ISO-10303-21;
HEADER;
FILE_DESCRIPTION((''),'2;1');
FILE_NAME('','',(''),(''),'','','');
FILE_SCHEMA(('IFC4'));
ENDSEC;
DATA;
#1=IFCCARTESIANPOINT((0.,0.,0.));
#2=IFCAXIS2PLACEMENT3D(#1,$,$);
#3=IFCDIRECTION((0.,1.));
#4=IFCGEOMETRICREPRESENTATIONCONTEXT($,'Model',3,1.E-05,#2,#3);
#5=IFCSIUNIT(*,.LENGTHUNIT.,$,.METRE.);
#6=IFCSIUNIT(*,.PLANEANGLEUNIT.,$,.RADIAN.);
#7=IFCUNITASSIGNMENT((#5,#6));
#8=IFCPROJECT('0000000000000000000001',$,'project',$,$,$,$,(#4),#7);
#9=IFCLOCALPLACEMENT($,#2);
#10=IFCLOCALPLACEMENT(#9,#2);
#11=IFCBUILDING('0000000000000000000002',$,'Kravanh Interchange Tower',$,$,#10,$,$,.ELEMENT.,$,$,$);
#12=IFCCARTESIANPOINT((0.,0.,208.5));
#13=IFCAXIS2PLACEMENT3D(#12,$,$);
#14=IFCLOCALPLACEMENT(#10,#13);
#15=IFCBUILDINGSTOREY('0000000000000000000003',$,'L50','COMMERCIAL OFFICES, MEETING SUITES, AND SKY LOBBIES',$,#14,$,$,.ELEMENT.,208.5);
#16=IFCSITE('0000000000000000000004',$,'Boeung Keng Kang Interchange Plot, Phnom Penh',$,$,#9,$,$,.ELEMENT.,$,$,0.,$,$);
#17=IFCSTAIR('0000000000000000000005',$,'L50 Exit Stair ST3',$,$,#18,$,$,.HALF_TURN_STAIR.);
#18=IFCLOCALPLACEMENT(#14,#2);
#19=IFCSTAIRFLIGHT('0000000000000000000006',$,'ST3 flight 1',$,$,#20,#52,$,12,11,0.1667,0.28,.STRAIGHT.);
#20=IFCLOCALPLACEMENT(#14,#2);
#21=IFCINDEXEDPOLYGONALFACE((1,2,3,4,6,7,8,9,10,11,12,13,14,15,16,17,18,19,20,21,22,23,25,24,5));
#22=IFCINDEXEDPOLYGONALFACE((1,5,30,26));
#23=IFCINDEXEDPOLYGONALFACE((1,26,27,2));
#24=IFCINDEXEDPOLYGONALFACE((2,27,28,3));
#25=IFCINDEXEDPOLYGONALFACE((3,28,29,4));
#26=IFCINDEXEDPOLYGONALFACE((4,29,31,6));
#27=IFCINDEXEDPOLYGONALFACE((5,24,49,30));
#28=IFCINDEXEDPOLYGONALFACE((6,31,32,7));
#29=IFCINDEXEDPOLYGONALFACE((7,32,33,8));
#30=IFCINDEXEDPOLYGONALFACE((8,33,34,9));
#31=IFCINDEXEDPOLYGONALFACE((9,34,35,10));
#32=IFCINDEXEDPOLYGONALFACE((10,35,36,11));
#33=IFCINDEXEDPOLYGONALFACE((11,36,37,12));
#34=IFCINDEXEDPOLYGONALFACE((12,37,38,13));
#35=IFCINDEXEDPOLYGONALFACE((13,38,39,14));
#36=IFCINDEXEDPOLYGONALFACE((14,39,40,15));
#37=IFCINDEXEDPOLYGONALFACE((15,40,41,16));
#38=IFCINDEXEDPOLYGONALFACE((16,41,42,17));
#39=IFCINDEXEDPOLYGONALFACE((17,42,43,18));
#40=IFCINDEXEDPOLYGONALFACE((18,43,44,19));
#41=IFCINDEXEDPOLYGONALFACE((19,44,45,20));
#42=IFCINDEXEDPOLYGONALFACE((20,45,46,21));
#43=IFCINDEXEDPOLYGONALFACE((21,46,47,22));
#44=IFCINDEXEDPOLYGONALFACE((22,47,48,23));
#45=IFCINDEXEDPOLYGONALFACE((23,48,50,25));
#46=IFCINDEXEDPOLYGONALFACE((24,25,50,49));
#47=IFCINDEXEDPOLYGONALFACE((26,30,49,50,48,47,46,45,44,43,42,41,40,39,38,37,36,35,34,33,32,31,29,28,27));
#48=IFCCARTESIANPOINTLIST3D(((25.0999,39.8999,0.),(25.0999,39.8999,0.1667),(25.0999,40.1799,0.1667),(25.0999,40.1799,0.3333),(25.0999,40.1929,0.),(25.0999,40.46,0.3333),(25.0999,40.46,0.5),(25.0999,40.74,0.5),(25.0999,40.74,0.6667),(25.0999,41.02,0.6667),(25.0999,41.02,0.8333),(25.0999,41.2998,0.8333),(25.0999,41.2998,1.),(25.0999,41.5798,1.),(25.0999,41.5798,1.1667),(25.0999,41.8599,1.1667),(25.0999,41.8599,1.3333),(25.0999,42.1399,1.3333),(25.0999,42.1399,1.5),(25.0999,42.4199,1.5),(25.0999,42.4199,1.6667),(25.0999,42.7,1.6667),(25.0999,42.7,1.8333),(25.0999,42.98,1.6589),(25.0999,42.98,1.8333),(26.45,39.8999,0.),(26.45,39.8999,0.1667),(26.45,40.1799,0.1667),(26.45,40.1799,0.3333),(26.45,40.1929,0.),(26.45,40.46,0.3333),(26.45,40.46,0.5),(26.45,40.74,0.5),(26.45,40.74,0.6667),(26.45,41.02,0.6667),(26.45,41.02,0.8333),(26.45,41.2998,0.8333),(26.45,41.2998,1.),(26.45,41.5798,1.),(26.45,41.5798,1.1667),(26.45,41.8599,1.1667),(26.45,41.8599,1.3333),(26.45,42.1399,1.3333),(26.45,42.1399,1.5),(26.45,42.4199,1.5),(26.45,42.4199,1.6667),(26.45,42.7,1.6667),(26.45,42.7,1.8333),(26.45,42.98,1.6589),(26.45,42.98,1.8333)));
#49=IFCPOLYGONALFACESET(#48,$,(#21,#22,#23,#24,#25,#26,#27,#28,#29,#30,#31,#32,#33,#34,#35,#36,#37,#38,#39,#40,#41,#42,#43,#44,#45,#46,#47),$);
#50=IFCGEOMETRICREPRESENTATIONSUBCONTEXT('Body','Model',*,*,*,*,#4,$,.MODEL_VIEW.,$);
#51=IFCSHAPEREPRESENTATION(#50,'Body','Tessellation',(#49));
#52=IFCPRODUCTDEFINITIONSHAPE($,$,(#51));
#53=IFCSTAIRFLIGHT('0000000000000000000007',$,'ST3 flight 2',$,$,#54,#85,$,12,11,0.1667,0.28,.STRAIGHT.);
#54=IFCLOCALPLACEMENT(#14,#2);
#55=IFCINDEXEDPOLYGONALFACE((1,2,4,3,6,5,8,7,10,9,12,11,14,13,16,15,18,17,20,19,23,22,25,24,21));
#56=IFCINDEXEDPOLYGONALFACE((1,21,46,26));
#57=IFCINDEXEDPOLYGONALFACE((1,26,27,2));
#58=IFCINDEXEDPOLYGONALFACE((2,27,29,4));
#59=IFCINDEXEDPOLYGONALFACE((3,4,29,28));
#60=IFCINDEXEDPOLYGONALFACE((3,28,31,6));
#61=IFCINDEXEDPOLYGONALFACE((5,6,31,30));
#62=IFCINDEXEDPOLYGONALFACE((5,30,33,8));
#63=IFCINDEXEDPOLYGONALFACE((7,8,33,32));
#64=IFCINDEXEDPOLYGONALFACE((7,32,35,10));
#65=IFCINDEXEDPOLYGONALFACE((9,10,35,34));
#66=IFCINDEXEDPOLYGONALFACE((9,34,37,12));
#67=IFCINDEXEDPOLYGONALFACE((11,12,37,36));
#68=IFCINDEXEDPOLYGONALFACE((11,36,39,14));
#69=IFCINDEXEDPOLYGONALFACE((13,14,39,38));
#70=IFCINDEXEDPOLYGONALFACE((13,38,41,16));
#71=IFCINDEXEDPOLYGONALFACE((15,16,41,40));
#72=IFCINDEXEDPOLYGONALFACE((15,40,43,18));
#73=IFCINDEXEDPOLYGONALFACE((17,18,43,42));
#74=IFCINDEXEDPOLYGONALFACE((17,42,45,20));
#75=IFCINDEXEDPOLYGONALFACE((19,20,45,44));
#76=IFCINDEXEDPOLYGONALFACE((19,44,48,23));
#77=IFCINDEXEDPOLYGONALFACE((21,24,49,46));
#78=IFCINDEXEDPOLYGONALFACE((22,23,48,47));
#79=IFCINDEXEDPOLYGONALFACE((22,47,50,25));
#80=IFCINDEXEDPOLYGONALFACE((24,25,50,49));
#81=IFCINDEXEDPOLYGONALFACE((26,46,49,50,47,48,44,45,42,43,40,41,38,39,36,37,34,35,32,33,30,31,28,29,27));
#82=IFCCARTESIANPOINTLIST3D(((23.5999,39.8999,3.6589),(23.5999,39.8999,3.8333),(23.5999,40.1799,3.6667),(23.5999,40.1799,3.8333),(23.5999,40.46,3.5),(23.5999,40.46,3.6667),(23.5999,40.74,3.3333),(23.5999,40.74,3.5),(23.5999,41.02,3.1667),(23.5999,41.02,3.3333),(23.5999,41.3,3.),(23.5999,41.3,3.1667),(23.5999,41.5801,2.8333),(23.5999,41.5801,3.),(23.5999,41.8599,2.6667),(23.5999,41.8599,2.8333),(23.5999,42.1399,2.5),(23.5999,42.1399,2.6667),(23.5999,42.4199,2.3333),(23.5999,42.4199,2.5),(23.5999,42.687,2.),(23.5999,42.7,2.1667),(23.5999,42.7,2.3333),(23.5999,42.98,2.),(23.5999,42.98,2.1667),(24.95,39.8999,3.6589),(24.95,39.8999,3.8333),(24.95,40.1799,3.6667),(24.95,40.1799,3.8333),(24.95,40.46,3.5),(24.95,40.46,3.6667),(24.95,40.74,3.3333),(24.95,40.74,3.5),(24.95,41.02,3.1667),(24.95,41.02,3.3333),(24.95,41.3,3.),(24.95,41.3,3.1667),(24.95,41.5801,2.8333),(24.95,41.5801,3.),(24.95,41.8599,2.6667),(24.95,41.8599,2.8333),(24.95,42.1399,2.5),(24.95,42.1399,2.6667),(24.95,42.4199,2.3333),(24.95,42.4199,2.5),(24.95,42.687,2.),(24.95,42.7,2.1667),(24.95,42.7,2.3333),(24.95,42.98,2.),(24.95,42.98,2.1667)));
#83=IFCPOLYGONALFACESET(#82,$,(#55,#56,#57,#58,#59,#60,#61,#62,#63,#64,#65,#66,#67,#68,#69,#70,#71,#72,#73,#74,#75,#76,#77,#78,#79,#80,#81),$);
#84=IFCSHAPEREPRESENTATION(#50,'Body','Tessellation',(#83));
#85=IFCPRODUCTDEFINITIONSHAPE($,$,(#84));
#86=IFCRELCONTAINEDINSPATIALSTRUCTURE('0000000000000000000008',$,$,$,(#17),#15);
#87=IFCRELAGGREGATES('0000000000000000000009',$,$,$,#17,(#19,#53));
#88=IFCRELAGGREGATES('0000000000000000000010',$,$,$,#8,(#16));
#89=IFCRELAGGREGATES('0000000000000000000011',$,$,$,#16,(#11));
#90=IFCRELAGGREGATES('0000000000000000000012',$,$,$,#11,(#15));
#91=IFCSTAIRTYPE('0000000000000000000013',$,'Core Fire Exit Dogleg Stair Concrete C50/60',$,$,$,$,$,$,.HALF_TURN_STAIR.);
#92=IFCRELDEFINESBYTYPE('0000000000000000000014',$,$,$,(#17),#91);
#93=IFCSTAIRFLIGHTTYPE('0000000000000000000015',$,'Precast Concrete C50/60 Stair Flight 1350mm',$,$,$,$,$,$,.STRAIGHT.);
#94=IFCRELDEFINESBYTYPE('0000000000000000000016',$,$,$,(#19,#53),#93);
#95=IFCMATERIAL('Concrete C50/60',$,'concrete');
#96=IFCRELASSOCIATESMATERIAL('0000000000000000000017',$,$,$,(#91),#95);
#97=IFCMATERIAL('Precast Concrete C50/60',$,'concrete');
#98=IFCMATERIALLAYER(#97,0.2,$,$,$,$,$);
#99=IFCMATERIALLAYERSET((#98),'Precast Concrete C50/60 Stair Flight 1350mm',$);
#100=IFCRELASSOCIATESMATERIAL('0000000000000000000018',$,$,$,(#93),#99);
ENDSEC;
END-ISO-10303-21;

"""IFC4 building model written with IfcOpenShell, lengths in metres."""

from ifc_helpers import new_model, si_unit, direction, frame, origin, place, context, subcontext, project, spatial, polyline, outline, extrude, material, layer, layer_set, type_object, element, aggregate, save


model = new_model("IFC4")

# Units and contexts
model_context = context("Model", 3, precision=1e-05, world=origin(), true_north=direction((0.0, 1.0)))
body_context = subcontext(model_context, "Body", "Model", "MODEL_VIEW")
ifc_project = project(units=[si_unit("LENGTHUNIT", "METRE"), si_unit("PLANEANGLEUNIT", "RADIAN")], contexts=[model_context])

# Site, building, storey
site_placement = place(None, origin())
site = spatial("IfcSite", under=ifc_project, at=site_placement, Name="Boeung Keng Kang Interchange Plot, Phnom Penh", CompositionType="ELEMENT", RefElevation=0.0)
building_placement = place(site_placement, origin())
building = spatial("IfcBuilding", under=site, at=building_placement, Name="Kravanh Interchange Tower", CompositionType="ELEMENT")
storey_placement = place(building_placement, frame((0.0, 0.0, 208.5)))
storey = spatial("IfcBuildingStorey", under=building, at=storey_placement, Name="L50", Description="COMMERCIAL OFFICES, MEETING SUITES, AND SKY LOBBIES", CompositionType="ELEMENT", Elevation=208.5)

# Stair, stair flights
ifc_material_1 = material(Name="Concrete C50/60", Category="concrete")
stair_type = type_object("IfcStairType", Name="Core Fire Exit Dogleg Stair Concrete C50/60", PredefinedType="HALF_TURN_STAIR", material=ifc_material_1)
stair_placement = place(storey_placement, origin())
stair = element("IfcStair", 1, at=stair_placement, inside=storey, type_object=stair_type, Name="L50 Exit Stair ST3", PredefinedType="HALF_TURN_STAIR")
ifc_material_2 = material(Name="Precast Concrete C50/60", Category="concrete")
ifc_layer_1 = layer(ifc_material_2, 0.2)
ifc_layer_set_1 = layer_set([ifc_layer_1], Name="Precast Concrete C50/60 Stair Flight 1350mm")
stair_flight_type = type_object("IfcStairFlightType", Name="Precast Concrete C50/60 Stair Flight 1350mm", PredefinedType="STRAIGHT", material=ifc_layer_set_1)
stair_flight_1_placement = place(storey_placement, frame((25.7749, 39.8999, 0.0), z_axis=(0.0, 0.0, 1.0), x_axis=(0.0, 1.0, 0.0)))
stair_flight_1 = element("IfcStairFlight", 2, at=stair_flight_1_placement, type_object=stair_flight_type, Name="ST3 flight 1", NumberOfRisers=12, NumberOfTreads=11, PredefinedType="STRAIGHT", RiserHeight=0.1667, TreadLength=0.28, context=body_context, shape_type="SweptSolid", body=[
    extrude(outline(polyline([(0.0, 0.0), (0.0, 0.1667), (0.28, 0.1667), (0.28, 0.3333), (0.5601, 0.3333), (0.5601, 0.5), (0.8401, 0.5), (0.8401, 0.6667), (1.1201, 0.6667), (1.1201, 0.8333), (1.3999, 0.8333), (1.3999, 1.0), (1.6799, 1.0), (1.6799, 1.1667), (1.96, 1.1667), (1.96, 1.3333), (2.24, 1.3333), (2.24, 1.5), (2.52, 1.5), (2.52, 1.6667), (2.8, 1.6667), (2.8, 1.8333), (3.0801, 1.8333), (3.0801, 2.0), (3.0801, 1.6589), (0.293, 0.0), (0.0, 0.0)])), frame((0.0, 0.675, 0.0), z_axis=(0.0, -1.0, 0.0), x_axis=(1.0, 0.0, 0.0)), (0.0, 0.0, 1.0), 1.3501),
])
stair_flight_2_placement = place(storey_placement, frame((24.2749, 42.98, 2.0), z_axis=(0.0, 0.0, 1.0), x_axis=(0.0, -1.0, 0.0)))
stair_flight_2 = element("IfcStairFlight", 3, at=stair_flight_2_placement, type_object=stair_flight_type, Name="ST3 flight 2", NumberOfRisers=12, NumberOfTreads=11, PredefinedType="STRAIGHT", RiserHeight=0.1667, TreadLength=0.28, context=body_context, shape_type="SweptSolid", body=[
    extrude(outline(polyline([(0.0, 0.0), (0.0, 0.1667), (0.28, 0.1667), (0.28, 0.3333), (0.5601, 0.3333), (0.5601, 0.5), (0.8401, 0.5), (0.8401, 0.6667), (1.1201, 0.6667), (1.1201, 0.8333), (1.3999, 0.8333), (1.3999, 1.0), (1.6799, 1.0), (1.6799, 1.1667), (1.96, 1.1667), (1.96, 1.3333), (2.24, 1.3333), (2.24, 1.5), (2.52, 1.5), (2.52, 1.6667), (2.8, 1.6667), (2.8, 1.8333), (3.0801, 1.8333), (3.0801, 2.0), (3.0801, 1.6589), (0.293, 0.0), (0.0, 0.0)])), frame((0.0, 0.675, 0.0), z_axis=(0.0, -1.0, 0.0), x_axis=(1.0, 0.0, 0.0)), (0.0, 0.0, 1.0), 1.3501),
])
aggregate(stair, [stair_flight_1, stair_flight_2])

save(model, "model.ifc")
